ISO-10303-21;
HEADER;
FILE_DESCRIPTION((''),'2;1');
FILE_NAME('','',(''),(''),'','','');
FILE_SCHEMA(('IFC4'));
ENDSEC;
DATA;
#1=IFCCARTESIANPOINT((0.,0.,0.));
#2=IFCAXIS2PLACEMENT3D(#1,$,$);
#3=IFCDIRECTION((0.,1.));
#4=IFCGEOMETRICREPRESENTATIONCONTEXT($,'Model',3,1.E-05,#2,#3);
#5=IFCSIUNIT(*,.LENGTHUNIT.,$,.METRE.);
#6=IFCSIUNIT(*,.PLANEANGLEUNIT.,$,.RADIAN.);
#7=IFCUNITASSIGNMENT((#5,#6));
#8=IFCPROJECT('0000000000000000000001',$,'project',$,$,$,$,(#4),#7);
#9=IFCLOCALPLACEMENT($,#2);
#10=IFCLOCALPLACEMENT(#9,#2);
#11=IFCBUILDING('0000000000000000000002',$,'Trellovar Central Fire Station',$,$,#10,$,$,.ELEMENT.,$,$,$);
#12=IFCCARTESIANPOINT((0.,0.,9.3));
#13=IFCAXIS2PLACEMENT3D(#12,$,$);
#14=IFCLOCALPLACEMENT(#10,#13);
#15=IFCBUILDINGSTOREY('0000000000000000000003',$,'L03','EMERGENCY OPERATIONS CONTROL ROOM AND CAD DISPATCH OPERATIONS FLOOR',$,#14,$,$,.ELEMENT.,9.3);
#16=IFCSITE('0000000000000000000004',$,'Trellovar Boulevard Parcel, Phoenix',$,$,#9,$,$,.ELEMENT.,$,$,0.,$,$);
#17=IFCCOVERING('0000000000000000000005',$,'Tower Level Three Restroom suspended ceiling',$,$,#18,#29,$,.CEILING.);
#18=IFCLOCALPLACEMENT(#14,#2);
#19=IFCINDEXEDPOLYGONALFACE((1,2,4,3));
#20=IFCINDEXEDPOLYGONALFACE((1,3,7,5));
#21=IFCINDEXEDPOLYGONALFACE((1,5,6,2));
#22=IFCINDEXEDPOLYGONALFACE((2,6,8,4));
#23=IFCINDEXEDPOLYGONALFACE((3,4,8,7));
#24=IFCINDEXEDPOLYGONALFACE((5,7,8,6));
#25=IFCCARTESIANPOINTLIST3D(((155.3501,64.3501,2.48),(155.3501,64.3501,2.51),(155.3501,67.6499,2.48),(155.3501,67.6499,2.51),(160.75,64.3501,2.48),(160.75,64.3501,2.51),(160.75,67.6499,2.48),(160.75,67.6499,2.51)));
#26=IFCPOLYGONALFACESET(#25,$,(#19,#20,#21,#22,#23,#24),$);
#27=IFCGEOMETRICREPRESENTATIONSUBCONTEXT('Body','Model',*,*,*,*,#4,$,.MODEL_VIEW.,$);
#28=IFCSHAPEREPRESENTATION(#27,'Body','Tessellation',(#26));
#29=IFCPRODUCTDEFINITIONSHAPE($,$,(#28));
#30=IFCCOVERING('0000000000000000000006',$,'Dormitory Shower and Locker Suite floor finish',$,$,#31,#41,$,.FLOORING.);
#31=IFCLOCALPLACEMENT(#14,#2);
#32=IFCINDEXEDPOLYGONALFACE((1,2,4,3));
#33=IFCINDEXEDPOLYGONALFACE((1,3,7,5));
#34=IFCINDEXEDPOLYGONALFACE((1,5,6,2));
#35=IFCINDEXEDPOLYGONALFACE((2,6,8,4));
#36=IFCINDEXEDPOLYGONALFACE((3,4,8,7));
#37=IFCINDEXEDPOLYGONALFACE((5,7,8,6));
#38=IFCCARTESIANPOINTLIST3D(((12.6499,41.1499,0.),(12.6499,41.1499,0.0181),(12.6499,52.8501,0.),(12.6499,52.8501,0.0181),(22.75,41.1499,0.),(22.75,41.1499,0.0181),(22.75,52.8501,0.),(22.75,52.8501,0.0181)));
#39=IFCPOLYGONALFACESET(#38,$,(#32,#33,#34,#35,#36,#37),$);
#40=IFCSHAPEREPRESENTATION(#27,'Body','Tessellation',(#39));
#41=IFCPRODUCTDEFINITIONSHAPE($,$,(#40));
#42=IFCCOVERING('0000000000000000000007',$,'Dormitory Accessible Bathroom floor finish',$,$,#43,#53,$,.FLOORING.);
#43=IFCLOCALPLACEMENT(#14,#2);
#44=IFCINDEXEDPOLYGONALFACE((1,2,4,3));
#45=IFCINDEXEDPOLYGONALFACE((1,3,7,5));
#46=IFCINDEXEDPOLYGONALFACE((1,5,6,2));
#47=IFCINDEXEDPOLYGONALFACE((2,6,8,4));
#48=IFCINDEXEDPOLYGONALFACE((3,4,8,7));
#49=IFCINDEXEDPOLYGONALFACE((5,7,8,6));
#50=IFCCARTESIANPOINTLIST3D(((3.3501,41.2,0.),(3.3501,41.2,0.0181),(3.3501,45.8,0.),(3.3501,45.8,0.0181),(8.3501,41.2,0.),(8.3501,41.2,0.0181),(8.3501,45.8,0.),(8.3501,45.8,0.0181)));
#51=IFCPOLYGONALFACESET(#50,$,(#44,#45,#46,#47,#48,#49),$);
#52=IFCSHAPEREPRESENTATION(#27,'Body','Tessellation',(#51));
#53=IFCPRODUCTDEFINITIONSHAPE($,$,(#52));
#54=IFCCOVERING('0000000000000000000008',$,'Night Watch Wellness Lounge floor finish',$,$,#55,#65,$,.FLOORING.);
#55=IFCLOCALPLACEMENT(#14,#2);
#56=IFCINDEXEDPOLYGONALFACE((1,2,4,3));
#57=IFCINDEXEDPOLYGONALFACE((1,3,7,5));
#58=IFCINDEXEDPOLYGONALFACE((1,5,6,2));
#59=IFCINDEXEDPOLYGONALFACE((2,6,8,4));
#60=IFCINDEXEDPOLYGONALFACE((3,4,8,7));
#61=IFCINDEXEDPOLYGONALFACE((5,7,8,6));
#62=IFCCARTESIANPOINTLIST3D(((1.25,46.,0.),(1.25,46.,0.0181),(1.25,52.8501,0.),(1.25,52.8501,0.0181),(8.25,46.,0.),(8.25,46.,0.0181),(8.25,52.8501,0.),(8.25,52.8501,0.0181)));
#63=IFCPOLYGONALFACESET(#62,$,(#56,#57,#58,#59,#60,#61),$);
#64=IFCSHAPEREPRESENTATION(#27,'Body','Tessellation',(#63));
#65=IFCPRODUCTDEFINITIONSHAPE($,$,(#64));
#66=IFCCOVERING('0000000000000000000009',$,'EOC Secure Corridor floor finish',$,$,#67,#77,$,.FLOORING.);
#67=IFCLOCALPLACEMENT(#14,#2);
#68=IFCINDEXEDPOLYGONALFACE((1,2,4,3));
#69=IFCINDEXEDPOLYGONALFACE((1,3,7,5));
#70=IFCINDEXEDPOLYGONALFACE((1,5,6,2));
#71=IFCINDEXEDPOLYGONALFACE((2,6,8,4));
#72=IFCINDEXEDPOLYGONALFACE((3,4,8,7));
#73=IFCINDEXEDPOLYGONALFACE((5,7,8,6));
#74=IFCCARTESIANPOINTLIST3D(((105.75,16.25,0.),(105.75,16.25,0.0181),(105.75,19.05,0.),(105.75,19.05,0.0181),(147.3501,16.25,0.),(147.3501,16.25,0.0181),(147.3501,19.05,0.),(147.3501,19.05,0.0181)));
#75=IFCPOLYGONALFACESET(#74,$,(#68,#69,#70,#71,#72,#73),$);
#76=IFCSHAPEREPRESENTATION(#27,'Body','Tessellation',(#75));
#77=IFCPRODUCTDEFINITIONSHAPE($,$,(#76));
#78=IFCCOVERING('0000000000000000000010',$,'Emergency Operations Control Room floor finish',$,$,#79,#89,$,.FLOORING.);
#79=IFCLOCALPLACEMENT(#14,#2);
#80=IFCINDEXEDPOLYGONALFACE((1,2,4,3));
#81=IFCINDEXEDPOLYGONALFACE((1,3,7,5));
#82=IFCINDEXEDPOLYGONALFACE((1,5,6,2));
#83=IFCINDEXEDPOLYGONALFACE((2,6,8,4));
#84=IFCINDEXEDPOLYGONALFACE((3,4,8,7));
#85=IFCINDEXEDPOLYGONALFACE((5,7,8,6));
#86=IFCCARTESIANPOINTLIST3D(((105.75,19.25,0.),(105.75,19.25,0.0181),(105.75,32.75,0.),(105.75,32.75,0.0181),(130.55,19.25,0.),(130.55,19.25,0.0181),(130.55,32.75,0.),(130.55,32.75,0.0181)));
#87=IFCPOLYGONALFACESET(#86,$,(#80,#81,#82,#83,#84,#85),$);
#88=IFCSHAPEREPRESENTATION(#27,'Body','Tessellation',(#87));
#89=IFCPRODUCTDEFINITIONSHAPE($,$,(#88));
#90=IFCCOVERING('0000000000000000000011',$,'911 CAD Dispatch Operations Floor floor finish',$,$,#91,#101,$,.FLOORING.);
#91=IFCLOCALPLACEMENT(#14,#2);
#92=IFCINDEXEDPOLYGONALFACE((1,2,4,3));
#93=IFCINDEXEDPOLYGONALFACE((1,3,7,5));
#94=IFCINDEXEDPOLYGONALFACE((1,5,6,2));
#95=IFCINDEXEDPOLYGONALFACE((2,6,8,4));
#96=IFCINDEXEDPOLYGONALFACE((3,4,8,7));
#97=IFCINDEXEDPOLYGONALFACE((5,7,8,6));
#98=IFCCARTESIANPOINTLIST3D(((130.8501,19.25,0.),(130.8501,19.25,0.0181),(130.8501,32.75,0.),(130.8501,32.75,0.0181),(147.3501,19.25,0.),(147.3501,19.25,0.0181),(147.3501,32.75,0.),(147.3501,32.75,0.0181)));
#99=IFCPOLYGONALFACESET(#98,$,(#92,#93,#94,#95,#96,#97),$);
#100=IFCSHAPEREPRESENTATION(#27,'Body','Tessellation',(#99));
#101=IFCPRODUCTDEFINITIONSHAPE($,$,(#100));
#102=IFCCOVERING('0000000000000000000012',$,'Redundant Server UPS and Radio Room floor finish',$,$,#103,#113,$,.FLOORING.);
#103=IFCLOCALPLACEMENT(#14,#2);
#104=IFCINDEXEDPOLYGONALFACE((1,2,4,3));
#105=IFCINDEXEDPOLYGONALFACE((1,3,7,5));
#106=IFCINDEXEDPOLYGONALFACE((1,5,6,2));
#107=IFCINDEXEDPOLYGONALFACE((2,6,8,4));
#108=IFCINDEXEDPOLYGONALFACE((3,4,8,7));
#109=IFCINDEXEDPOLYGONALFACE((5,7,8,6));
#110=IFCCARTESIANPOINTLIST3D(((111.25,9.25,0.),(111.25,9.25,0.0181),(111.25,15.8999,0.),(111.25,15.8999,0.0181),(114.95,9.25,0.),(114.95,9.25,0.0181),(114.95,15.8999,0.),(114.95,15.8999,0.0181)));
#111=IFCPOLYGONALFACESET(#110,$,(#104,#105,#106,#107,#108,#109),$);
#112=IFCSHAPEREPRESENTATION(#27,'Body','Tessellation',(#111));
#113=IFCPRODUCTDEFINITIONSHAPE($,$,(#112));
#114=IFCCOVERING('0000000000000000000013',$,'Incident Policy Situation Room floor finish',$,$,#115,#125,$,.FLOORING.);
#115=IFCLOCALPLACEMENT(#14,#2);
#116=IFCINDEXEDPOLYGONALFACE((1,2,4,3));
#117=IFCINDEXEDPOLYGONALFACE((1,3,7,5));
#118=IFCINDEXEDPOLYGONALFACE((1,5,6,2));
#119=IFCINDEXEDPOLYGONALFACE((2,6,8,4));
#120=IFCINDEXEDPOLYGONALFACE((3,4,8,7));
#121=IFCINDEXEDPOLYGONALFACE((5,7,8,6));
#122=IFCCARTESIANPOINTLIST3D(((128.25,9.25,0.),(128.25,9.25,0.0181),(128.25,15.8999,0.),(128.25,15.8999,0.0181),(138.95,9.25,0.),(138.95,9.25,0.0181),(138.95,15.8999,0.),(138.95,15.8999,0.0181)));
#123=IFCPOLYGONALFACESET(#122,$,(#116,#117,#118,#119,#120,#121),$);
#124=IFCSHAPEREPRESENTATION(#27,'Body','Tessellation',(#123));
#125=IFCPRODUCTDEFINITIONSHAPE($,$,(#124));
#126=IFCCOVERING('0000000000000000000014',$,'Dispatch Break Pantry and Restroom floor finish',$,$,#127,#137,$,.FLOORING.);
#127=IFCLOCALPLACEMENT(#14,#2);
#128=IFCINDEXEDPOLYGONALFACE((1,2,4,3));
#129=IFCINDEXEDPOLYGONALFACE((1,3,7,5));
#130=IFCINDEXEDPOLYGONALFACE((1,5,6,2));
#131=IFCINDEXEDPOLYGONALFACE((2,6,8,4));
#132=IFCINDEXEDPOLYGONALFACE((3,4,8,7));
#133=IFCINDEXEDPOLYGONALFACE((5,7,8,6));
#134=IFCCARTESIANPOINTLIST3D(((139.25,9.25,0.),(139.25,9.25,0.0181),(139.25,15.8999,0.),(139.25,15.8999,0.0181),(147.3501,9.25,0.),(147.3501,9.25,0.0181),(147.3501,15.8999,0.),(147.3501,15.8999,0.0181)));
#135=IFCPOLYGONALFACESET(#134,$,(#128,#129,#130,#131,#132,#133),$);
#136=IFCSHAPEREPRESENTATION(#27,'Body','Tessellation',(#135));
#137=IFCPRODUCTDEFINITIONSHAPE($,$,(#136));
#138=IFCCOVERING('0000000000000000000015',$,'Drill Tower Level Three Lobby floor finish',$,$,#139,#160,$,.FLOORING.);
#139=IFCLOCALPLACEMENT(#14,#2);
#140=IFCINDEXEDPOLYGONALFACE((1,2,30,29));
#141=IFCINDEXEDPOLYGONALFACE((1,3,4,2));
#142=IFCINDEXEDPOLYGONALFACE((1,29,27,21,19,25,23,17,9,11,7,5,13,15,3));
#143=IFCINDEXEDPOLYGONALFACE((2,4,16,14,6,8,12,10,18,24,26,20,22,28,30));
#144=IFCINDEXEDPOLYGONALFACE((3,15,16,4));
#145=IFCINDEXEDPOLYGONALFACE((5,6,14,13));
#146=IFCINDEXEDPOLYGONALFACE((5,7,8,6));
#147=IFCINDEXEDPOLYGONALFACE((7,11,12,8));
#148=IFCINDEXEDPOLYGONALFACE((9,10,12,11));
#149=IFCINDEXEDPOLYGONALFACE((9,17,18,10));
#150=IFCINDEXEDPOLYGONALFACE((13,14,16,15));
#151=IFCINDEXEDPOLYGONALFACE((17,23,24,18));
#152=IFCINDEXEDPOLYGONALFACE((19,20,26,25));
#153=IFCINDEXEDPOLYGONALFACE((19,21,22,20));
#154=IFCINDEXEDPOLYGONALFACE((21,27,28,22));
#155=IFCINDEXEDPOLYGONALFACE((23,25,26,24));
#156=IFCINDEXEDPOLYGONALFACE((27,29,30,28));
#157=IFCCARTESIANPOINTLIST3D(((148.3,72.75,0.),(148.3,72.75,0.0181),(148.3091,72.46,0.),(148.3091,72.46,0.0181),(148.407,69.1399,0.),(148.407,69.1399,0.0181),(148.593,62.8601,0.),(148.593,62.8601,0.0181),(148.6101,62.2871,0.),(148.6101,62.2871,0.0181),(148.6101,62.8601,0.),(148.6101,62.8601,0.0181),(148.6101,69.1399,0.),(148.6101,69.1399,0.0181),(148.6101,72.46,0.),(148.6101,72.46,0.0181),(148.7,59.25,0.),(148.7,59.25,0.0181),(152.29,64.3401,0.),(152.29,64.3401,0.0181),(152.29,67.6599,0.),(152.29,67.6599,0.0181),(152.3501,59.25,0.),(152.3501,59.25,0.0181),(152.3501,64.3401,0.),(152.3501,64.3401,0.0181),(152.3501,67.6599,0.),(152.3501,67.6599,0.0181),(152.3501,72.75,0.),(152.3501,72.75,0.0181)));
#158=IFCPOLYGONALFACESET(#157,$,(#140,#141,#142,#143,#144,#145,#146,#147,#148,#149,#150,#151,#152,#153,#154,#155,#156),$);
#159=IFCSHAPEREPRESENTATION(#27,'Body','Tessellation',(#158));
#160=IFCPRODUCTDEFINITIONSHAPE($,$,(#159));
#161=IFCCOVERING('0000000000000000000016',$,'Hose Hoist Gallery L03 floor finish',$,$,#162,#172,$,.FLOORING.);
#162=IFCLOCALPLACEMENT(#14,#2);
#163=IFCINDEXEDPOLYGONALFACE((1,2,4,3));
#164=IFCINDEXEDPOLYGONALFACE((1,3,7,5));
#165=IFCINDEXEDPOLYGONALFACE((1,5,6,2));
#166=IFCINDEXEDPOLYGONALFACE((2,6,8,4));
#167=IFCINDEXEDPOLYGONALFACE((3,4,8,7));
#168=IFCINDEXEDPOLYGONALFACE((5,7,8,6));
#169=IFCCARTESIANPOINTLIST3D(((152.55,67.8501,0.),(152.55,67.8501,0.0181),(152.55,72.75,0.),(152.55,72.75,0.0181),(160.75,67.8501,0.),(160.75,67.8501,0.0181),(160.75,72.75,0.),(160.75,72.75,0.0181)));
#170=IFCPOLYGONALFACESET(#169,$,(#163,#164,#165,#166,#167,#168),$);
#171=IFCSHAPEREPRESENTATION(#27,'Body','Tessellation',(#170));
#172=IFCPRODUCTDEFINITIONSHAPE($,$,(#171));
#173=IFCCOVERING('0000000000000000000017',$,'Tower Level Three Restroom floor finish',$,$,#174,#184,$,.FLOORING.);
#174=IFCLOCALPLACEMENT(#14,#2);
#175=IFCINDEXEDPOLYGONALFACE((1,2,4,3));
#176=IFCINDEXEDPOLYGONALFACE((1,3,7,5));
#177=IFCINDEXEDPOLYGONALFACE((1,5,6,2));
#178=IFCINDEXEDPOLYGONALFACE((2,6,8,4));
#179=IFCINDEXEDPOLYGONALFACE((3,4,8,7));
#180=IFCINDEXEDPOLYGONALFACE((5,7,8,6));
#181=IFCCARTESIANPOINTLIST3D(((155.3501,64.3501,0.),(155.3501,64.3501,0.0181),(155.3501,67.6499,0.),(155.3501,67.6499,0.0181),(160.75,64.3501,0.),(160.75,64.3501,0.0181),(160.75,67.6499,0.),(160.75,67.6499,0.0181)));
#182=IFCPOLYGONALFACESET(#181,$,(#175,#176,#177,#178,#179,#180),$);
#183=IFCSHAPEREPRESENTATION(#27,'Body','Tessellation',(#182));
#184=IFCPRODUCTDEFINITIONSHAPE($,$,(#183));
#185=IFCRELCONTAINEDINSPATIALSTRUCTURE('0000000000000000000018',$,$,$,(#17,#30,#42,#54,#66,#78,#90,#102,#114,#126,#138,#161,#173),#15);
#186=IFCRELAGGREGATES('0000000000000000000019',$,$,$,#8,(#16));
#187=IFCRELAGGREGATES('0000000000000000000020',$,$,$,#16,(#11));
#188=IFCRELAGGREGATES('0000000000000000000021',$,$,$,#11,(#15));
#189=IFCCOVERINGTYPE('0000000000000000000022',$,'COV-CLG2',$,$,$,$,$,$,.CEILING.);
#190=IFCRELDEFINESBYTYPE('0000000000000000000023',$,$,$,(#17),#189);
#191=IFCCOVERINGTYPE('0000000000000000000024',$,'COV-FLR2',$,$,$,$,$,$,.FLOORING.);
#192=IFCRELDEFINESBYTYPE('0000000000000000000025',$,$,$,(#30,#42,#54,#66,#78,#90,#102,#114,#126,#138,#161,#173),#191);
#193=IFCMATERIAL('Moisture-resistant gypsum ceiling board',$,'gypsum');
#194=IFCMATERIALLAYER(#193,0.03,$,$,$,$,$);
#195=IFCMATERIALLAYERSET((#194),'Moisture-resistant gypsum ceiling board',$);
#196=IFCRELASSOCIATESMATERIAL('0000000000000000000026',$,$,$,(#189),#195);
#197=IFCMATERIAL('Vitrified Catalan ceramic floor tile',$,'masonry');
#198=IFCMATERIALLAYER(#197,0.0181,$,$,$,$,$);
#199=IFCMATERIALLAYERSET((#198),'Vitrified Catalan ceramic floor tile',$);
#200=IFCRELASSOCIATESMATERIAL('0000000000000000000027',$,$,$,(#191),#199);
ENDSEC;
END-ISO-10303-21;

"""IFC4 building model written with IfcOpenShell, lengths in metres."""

from ifc_helpers import new_model, si_unit, direction, frame, origin, place, context, subcontext, project, spatial, polyline, outline, extrude, material, layer, layer_set, type_object, element, save


model = new_model("IFC4")

# Units and contexts
model_context = context("Model", 3, precision=1e-05, world=origin(), true_north=direction((0.0, 1.0)))
body_context = subcontext(model_context, "Body", "Model", "MODEL_VIEW")
ifc_project = project(units=[si_unit("LENGTHUNIT", "METRE"), si_unit("PLANEANGLEUNIT", "RADIAN")], contexts=[model_context])

# Site, building, storey
site_placement = place(None, origin())
site = spatial("IfcSite", under=ifc_project, at=site_placement, Name="Trellovar Boulevard Parcel, Phoenix", CompositionType="ELEMENT", RefElevation=0.0)
building_placement = place(site_placement, origin())
building = spatial("IfcBuilding", under=site, at=building_placement, Name="Trellovar Central Fire Station", CompositionType="ELEMENT")
storey_placement = place(building_placement, frame((0.0, 0.0, 9.3)))
storey = spatial("IfcBuildingStorey", under=building, at=storey_placement, Name="L03", Description="EMERGENCY OPERATIONS CONTROL ROOM AND CAD DISPATCH OPERATIONS FLOOR", CompositionType="ELEMENT", Elevation=9.3)

# Coverings
ifc_material_1 = material(Name="Moisture-resistant gypsum ceiling board", Category="gypsum")
ifc_layer_1 = layer(ifc_material_1, 0.03)
ifc_layer_set_1 = layer_set([ifc_layer_1], Name="Moisture-resistant gypsum ceiling board")
covering_type_1 = type_object("IfcCoveringType", Name="COV-CLG2", PredefinedType="CEILING", material=ifc_layer_set_1)
covering_1_placement = place(storey_placement, frame((0.0, 0.0, 2.48)))
element("IfcCovering", 1, at=covering_1_placement, inside=storey, type_object=covering_type_1, Name="Tower Level Three Restroom suspended ceiling", PredefinedType="CEILING", context=body_context, shape_type="SweptSolid", body=[
    extrude(outline(polyline([(160.75, 67.6499), (160.75, 64.3501), (155.3501, 64.3501), (155.3501, 67.6499), (160.75, 67.6499)])), origin(), (0.0, 0.0, 1.0), 0.03),
])
ifc_material_2 = material(Name="Vitrified Catalan ceramic floor tile", Category="masonry")
ifc_layer_2 = layer(ifc_material_2, 0.0181)
ifc_layer_set_2 = layer_set([ifc_layer_2], Name="Vitrified Catalan ceramic floor tile")
covering_type_2 = type_object("IfcCoveringType", Name="COV-FLR2", PredefinedType="FLOORING", material=ifc_layer_set_2)
covering_2_placement = place(storey_placement, origin())
element("IfcCovering", 2, at=covering_2_placement, inside=storey, type_object=covering_type_2, Name="Dormitory Shower and Locker Suite floor finish", PredefinedType="FLOORING", context=body_context, shape_type="SweptSolid", body=[
    extrude(outline(polyline([(22.75, 52.8501), (22.75, 41.1499), (12.6499, 41.1499), (12.6499, 52.8501), (22.75, 52.8501)])), origin(), (0.0, 0.0, 1.0), 0.0181),
])
covering_3_placement = place(storey_placement, origin())
element("IfcCovering", 3, at=covering_3_placement, inside=storey, type_object=covering_type_2, Name="Dormitory Accessible Bathroom floor finish", PredefinedType="FLOORING", context=body_context, shape_type="SweptSolid", body=[
    extrude(outline(polyline([(8.3501, 45.8), (8.3501, 41.2), (3.3501, 41.2), (3.3501, 45.8), (8.3501, 45.8)])), origin(), (0.0, 0.0, 1.0), 0.0181),
])
covering_4_placement = place(storey_placement, origin())
element("IfcCovering", 4, at=covering_4_placement, inside=storey, type_object=covering_type_2, Name="Night Watch Wellness Lounge floor finish", PredefinedType="FLOORING", context=body_context, shape_type="SweptSolid", body=[
    extrude(outline(polyline([(8.25, 52.8501), (8.25, 46.0), (1.25, 46.0), (1.25, 52.8501), (8.25, 52.8501)])), origin(), (0.0, 0.0, 1.0), 0.0181),
])
covering_5_placement = place(storey_placement, origin())
element("IfcCovering", 5, at=covering_5_placement, inside=storey, type_object=covering_type_2, Name="EOC Secure Corridor floor finish", PredefinedType="FLOORING", context=body_context, shape_type="SweptSolid", body=[
    extrude(outline(polyline([(147.3501, 19.05), (147.3501, 16.25), (105.75, 16.25), (105.75, 19.05), (147.3501, 19.05)])), origin(), (0.0, 0.0, 1.0), 0.0181),
])
covering_6_placement = place(storey_placement, origin())
element("IfcCovering", 6, at=covering_6_placement, inside=storey, type_object=covering_type_2, Name="Emergency Operations Control Room floor finish", PredefinedType="FLOORING", context=body_context, shape_type="SweptSolid", body=[
    extrude(outline(polyline([(130.55, 32.75), (130.55, 19.25), (105.75, 19.25), (105.75, 32.75), (130.55, 32.75)])), origin(), (0.0, 0.0, 1.0), 0.0181),
])
covering_7_placement = place(storey_placement, origin())
element("IfcCovering", 7, at=covering_7_placement, inside=storey, type_object=covering_type_2, Name="911 CAD Dispatch Operations Floor floor finish", PredefinedType="FLOORING", context=body_context, shape_type="SweptSolid", body=[
    extrude(outline(polyline([(147.3501, 32.75), (147.3501, 19.25), (130.8501, 19.25), (130.8501, 32.75), (147.3501, 32.75)])), origin(), (0.0, 0.0, 1.0), 0.0181),
])
covering_8_placement = place(storey_placement, origin())
element("IfcCovering", 8, at=covering_8_placement, inside=storey, type_object=covering_type_2, Name="Redundant Server UPS and Radio Room floor finish", PredefinedType="FLOORING", context=body_context, shape_type="SweptSolid", body=[
    extrude(outline(polyline([(114.95, 15.8999), (114.95, 9.25), (111.25, 9.25), (111.25, 15.8999), (114.95, 15.8999)])), origin(), (0.0, 0.0, 1.0), 0.0181),
])
covering_9_placement = place(storey_placement, origin())
element("IfcCovering", 9, at=covering_9_placement, inside=storey, type_object=covering_type_2, Name="Incident Policy Situation Room floor finish", PredefinedType="FLOORING", context=body_context, shape_type="SweptSolid", body=[
    extrude(outline(polyline([(138.95, 15.8999), (138.95, 9.25), (128.25, 9.25), (128.25, 15.8999), (138.95, 15.8999)])), origin(), (0.0, 0.0, 1.0), 0.0181),
])
covering_10_placement = place(storey_placement, origin())
element("IfcCovering", 10, at=covering_10_placement, inside=storey, type_object=covering_type_2, Name="Dispatch Break Pantry and Restroom floor finish", PredefinedType="FLOORING", context=body_context, shape_type="SweptSolid", body=[
    extrude(outline(polyline([(147.3501, 15.8999), (147.3501, 9.25), (139.25, 9.25), (139.25, 15.8999), (147.3501, 15.8999)])), origin(), (0.0, 0.0, 1.0), 0.0181),
])
covering_11_placement = place(storey_placement, origin())
element("IfcCovering", 11, at=covering_11_placement, inside=storey, type_object=covering_type_2, Name="Drill Tower Level Three Lobby floor finish", PredefinedType="FLOORING", context=body_context, shape_type="SweptSolid", body=[
    extrude(outline(polyline([(148.6101, 72.46), (148.3091, 72.46), (148.3, 72.75), (152.3501, 72.75), (152.3501, 67.6599), (152.29, 67.6599), (152.29, 64.3401), (152.3501, 64.3401), (152.3501, 59.25), (148.7, 59.25), (148.6101, 62.2871), (148.6101, 62.8601), (148.593, 62.8601), (148.407, 69.1399), (148.6101, 69.1399), (148.6101, 72.46)])), origin(), (0.0, 0.0, 1.0), 0.0181),
])
covering_12_placement = place(storey_placement, origin())
element("IfcCovering", 12, at=covering_12_placement, inside=storey, type_object=covering_type_2, Name="Hose Hoist Gallery L03 floor finish", PredefinedType="FLOORING", context=body_context, shape_type="SweptSolid", body=[
    extrude(outline(polyline([(160.75, 72.75), (160.75, 67.8501), (152.55, 67.8501), (152.55, 72.75), (160.75, 72.75)])), origin(), (0.0, 0.0, 1.0), 0.0181),
])
covering_13_placement = place(storey_placement, origin())
element("IfcCovering", 13, at=covering_13_placement, inside=storey, type_object=covering_type_2, Name="Tower Level Three Restroom floor finish", PredefinedType="FLOORING", context=body_context, shape_type="SweptSolid", body=[
    extrude(outline(polyline([(160.75, 67.6499), (160.75, 64.3501), (155.3501, 64.3501), (155.3501, 67.6499), (160.75, 67.6499)])), origin(), (0.0, 0.0, 1.0), 0.0181),
])

save(model, "model.ifc")
